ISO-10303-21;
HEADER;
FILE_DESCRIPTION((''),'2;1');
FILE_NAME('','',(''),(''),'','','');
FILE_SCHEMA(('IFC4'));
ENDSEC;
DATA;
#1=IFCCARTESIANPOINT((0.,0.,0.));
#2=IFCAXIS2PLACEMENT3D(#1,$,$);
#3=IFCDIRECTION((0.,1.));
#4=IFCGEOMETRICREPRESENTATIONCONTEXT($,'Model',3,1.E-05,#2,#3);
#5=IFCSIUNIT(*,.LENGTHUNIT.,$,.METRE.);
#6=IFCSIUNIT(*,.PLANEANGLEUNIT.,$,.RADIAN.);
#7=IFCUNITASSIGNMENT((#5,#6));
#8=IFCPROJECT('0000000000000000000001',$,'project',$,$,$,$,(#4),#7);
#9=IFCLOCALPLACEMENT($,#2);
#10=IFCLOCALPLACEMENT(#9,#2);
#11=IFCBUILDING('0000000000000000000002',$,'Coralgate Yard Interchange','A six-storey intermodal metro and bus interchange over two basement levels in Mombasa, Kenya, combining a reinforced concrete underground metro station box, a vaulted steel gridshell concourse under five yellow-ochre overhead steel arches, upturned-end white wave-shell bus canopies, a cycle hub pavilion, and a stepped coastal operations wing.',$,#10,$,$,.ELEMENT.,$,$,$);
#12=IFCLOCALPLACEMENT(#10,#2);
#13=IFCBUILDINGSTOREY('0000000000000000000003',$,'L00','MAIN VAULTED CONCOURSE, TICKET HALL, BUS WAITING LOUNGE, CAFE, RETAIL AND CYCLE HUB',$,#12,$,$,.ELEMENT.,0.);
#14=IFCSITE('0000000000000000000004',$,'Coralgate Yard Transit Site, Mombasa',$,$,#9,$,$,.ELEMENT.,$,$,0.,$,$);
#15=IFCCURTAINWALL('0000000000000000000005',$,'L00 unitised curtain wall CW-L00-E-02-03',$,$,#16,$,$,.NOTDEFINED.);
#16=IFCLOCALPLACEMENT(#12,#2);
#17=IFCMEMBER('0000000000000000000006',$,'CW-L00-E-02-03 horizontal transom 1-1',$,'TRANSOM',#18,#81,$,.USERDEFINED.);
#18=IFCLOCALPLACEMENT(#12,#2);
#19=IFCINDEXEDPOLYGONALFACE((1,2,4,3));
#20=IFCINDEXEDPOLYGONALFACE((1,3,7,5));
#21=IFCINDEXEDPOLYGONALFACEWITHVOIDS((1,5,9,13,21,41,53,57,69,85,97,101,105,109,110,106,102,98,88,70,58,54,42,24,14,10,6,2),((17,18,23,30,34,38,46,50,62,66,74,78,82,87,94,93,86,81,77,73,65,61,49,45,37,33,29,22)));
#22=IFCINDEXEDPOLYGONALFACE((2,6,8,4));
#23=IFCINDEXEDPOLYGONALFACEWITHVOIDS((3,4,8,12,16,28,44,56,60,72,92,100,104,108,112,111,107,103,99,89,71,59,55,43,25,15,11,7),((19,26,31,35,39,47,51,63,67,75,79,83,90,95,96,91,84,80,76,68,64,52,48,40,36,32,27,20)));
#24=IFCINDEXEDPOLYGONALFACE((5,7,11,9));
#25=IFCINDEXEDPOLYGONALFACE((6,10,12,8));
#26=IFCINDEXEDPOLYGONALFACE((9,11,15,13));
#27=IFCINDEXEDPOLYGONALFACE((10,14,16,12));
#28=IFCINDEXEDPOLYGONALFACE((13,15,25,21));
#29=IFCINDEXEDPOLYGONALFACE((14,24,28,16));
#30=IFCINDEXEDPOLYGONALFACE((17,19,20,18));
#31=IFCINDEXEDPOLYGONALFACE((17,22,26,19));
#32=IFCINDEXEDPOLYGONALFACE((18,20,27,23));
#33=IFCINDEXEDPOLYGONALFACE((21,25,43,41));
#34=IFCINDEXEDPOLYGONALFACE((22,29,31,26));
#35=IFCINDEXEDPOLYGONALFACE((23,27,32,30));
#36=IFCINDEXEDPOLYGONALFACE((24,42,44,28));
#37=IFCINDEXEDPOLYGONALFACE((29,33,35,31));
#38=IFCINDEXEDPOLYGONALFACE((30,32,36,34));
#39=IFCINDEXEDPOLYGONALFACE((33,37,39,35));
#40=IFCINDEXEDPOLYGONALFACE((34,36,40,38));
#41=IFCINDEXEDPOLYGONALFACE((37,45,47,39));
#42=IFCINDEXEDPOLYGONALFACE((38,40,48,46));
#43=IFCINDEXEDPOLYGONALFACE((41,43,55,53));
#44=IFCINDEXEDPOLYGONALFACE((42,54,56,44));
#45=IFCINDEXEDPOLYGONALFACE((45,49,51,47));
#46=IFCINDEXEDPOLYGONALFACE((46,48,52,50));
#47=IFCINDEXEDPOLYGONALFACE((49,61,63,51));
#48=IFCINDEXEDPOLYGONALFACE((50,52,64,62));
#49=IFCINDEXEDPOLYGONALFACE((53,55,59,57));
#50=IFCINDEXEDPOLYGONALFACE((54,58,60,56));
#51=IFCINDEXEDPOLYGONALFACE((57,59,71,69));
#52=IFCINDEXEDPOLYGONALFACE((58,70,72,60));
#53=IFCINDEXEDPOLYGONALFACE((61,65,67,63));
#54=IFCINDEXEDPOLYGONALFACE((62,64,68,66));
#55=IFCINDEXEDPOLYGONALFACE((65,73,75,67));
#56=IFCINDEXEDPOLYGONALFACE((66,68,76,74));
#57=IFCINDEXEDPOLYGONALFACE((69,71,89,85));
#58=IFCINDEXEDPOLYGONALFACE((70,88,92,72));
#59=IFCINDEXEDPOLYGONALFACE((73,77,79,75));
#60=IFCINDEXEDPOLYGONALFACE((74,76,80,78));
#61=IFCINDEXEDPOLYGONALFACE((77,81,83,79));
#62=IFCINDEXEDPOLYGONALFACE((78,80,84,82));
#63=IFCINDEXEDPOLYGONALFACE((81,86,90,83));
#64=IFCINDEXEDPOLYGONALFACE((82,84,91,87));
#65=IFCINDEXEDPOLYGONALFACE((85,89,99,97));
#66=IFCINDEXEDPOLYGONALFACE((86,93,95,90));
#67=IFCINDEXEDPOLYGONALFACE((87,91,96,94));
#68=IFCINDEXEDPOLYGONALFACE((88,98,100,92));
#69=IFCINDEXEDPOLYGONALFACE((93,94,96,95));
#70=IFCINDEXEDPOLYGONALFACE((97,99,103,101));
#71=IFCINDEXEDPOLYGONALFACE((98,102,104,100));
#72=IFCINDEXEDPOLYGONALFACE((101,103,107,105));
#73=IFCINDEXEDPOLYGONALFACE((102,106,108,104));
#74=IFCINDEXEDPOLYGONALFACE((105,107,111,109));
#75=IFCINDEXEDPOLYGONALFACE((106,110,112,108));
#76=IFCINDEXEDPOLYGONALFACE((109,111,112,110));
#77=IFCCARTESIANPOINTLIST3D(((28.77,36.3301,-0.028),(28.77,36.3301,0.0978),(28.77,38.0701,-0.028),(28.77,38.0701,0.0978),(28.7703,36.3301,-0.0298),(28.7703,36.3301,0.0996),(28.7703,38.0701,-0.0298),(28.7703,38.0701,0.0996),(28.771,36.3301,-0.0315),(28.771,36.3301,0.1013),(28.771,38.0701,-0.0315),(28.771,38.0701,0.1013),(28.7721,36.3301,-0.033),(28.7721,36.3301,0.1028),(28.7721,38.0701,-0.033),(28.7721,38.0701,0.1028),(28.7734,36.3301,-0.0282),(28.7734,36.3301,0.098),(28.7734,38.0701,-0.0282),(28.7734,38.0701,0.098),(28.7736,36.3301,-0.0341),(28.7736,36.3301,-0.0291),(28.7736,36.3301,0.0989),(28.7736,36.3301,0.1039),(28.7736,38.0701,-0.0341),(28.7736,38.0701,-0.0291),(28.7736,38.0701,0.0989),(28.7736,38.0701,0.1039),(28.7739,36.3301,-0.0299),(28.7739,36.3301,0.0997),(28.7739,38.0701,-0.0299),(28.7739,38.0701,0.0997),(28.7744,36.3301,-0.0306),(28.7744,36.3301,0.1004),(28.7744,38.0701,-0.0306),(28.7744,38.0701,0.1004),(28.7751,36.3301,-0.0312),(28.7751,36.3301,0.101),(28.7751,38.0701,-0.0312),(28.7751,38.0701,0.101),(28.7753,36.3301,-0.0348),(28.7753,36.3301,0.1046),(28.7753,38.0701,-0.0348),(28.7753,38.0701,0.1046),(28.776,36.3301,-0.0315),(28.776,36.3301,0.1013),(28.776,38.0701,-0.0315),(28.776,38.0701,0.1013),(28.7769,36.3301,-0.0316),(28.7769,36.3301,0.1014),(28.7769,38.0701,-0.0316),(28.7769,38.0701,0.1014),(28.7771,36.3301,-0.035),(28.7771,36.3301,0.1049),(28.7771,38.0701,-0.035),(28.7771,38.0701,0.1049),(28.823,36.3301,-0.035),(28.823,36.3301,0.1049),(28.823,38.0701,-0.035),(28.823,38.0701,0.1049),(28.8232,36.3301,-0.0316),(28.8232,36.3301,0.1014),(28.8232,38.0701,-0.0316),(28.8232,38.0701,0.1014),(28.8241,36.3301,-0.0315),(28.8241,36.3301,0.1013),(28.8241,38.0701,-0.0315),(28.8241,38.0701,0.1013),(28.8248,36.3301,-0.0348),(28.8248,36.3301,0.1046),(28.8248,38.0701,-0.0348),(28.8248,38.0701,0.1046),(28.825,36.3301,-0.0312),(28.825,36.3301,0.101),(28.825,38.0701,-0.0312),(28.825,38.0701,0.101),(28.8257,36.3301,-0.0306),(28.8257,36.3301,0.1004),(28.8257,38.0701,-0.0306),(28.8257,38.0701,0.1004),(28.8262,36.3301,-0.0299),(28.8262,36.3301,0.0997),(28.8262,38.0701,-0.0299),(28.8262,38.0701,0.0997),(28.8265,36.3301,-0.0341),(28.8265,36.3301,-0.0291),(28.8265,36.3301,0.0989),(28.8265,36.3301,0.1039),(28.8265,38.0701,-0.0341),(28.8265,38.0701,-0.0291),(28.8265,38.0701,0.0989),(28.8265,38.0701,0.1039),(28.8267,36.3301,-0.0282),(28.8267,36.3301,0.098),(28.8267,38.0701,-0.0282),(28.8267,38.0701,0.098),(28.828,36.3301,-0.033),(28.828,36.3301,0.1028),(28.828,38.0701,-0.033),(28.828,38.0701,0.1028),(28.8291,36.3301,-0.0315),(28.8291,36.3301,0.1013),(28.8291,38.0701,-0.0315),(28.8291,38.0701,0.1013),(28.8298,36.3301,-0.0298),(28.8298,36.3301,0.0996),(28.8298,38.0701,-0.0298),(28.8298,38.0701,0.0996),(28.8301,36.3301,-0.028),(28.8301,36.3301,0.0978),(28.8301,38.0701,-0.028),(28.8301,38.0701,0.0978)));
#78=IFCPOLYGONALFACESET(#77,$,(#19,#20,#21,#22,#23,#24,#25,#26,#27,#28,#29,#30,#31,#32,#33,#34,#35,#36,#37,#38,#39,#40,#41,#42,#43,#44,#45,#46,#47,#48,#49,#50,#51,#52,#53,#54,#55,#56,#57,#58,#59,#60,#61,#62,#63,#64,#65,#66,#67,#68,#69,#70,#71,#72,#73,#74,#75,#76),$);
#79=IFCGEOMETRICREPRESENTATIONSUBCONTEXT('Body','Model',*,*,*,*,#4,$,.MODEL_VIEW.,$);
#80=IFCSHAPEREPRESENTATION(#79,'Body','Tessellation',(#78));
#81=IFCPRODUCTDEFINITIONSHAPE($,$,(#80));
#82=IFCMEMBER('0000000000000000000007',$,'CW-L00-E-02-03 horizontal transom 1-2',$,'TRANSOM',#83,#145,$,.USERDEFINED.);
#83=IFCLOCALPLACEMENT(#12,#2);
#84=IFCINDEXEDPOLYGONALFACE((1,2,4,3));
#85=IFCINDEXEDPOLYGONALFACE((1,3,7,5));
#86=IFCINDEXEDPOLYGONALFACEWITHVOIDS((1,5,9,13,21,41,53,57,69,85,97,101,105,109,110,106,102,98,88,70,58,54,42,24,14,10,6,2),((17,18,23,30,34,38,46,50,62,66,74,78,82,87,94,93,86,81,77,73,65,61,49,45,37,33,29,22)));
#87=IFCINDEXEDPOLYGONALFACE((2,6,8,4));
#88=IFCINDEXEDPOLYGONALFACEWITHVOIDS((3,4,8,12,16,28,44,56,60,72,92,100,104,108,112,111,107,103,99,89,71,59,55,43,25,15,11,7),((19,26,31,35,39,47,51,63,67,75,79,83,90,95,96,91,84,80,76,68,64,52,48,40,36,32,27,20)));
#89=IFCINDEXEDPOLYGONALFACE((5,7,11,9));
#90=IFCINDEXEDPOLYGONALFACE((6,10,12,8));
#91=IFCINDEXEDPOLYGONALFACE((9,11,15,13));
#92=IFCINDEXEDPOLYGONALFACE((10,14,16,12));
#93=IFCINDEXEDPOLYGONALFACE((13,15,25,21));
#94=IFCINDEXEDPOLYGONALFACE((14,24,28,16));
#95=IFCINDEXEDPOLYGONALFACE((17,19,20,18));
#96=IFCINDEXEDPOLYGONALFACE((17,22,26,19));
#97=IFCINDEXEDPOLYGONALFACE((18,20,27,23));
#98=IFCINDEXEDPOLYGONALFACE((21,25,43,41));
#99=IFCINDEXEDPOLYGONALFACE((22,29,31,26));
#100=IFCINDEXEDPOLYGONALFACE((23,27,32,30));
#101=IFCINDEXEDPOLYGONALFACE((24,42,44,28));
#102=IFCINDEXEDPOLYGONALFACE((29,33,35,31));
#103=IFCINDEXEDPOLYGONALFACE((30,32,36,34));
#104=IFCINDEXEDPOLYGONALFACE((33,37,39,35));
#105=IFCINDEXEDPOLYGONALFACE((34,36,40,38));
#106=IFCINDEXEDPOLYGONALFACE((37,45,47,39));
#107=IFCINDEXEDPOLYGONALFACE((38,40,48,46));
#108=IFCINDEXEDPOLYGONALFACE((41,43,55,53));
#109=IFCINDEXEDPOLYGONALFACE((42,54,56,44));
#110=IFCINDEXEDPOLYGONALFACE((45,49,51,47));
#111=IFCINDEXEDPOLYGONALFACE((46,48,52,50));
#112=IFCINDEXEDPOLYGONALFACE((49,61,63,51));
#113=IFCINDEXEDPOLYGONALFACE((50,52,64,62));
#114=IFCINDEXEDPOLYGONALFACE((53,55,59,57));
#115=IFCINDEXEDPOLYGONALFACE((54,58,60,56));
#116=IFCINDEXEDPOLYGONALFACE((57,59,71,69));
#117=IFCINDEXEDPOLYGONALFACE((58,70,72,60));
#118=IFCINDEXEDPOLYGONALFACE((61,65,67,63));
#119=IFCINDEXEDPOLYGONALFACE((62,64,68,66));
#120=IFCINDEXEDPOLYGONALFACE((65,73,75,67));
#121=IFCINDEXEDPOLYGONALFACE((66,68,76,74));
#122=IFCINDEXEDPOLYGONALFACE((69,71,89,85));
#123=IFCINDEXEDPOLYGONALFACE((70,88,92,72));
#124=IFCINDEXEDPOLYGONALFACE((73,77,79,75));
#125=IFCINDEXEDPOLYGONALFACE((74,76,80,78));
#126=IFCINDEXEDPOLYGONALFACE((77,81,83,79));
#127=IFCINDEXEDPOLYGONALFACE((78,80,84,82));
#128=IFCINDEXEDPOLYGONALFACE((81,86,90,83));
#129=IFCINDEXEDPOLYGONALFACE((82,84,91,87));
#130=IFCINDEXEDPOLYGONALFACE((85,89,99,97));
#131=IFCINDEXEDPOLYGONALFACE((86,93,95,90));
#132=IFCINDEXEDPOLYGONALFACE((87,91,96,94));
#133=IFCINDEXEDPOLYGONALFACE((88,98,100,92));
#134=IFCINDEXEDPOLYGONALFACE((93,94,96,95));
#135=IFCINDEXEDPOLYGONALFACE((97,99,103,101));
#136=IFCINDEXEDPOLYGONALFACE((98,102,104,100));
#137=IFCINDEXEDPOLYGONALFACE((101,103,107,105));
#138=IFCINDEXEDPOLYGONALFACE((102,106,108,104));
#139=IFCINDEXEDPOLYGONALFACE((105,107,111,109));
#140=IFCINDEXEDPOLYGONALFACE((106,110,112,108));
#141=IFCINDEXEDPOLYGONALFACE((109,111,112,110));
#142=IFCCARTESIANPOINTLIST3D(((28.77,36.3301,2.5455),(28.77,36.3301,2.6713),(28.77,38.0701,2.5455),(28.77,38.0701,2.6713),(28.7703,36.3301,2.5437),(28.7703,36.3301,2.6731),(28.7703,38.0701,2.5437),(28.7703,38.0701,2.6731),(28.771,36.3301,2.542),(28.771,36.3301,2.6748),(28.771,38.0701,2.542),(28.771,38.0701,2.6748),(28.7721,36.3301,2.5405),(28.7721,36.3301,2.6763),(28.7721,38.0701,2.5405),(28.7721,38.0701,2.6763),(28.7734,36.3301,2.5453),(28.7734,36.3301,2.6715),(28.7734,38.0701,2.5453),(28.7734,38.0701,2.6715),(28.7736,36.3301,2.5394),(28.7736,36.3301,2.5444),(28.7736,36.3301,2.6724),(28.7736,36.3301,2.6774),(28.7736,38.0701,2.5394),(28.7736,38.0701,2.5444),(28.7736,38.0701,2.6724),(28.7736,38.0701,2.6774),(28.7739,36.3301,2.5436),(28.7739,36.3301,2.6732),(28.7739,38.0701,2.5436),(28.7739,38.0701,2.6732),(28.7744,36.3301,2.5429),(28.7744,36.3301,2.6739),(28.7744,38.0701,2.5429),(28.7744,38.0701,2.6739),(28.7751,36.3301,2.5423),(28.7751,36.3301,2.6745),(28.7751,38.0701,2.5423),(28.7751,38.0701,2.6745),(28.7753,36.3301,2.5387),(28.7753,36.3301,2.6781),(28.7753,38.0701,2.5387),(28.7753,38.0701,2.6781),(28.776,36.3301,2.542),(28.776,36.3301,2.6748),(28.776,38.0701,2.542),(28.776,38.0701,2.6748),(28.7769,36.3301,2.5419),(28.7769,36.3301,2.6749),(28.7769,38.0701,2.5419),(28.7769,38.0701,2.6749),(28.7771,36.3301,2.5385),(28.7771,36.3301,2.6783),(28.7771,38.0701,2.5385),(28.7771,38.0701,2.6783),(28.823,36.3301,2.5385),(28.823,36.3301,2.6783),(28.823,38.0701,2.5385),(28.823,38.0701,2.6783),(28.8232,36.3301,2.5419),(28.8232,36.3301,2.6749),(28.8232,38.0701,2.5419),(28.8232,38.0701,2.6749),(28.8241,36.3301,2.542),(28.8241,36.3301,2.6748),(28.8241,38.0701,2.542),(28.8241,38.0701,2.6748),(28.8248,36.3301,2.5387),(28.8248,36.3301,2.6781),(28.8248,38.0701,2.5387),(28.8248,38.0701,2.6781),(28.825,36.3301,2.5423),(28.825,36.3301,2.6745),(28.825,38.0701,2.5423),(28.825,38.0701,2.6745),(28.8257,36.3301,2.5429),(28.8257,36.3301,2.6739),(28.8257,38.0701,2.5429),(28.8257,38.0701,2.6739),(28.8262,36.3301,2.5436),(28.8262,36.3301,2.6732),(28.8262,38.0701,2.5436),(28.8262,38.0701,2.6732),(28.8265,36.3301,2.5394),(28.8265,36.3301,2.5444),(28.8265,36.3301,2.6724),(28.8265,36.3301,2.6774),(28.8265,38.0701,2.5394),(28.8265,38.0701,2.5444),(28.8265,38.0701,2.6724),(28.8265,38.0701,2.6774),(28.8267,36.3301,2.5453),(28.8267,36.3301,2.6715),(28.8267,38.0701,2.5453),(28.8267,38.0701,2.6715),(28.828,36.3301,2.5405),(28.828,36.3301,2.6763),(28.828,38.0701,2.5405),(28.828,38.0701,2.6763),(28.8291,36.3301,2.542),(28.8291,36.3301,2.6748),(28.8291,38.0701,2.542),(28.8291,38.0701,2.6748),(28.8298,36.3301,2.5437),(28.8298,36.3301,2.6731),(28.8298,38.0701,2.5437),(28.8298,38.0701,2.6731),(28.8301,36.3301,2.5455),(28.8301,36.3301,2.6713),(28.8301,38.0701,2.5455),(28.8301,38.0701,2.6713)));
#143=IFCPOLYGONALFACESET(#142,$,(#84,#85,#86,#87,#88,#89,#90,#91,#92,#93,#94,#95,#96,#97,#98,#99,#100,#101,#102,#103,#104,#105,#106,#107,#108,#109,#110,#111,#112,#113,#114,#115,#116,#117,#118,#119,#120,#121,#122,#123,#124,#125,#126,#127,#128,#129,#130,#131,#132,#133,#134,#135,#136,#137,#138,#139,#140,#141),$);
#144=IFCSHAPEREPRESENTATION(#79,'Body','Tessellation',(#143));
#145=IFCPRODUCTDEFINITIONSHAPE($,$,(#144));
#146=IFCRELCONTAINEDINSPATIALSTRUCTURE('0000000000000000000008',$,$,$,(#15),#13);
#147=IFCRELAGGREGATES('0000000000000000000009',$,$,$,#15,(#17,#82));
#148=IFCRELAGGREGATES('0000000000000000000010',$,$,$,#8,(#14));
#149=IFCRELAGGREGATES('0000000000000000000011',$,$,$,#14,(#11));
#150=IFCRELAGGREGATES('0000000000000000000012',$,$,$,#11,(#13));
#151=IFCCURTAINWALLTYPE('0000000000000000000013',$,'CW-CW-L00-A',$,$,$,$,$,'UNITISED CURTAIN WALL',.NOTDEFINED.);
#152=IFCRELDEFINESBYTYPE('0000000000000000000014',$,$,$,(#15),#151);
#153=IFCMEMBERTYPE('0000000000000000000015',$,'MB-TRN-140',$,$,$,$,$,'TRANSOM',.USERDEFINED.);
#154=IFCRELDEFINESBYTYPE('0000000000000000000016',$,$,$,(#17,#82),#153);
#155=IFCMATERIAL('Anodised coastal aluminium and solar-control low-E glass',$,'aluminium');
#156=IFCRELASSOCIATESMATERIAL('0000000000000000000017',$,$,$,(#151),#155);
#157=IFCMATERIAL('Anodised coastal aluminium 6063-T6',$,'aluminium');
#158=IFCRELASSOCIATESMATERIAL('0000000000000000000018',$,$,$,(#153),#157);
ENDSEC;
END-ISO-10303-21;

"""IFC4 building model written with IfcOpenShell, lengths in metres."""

from ifc_helpers import new_model, si_unit, direction, frame, origin, origin_2d, place, context, subcontext, project, spatial, hollow_rectangle, extrude, material, material_profile, profile_set, type_object, element, aggregate, save


model = new_model("IFC4")

# Units and contexts
model_context = context("Model", 3, precision=1e-05, world=origin(), true_north=direction((0.0, 1.0)))
body_context = subcontext(model_context, "Body", "Model", "MODEL_VIEW")
ifc_project = project(units=[si_unit("LENGTHUNIT", "METRE"), si_unit("PLANEANGLEUNIT", "RADIAN")], contexts=[model_context])

# Site, building, storey
site_placement = place(None, origin())
site = spatial("IfcSite", under=ifc_project, at=site_placement, Name="Coralgate Yard Transit Site, Mombasa", CompositionType="ELEMENT", RefElevation=0.0)
building_placement = place(site_placement, origin())
building = spatial("IfcBuilding", under=site, at=building_placement, Name="Coralgate Yard Interchange", Description="A six-storey intermodal metro and bus interchange over two basement levels in Mombasa, Kenya, combining a reinforced concrete underground metro station box, a vaulted steel gridshell concourse under five yellow-ochre overhead steel arches, upturned-end white wave-shell bus canopies, a cycle hub pavilion, and a stepped coastal operations wing.", CompositionType="ELEMENT")
storey_placement = place(building_placement, origin())
storey = spatial("IfcBuildingStorey", under=building, at=storey_placement, Name="L00", Description="MAIN VAULTED CONCOURSE, TICKET HALL, BUS WAITING LOUNGE, CAFE, RETAIL AND CYCLE HUB", CompositionType="ELEMENT", Elevation=0.0)

# Curtain wall, members
ifc_material_1 = material(Name="Anodised coastal aluminium and solar-control low-E glass", Category="aluminium")
curtain_wall_type = type_object("IfcCurtainWallType", Name="CW-CW-L00-A", ElementType="UNITISED CURTAIN WALL", PredefinedType="NOTDEFINED", material=ifc_material_1)
curtain_wall_placement = place(storey_placement, origin())
curtain_wall = element("IfcCurtainWall", 1, at=curtain_wall_placement, inside=storey, type_object=curtain_wall_type, Name="L00 unitised curtain wall CW-L00-E-02-03", PredefinedType="NOTDEFINED")
ifc_material_2 = material(Name="Anodised coastal aluminium 6063-T6", Category="aluminium")
ifc_material_profile_1 = material_profile(ifc_material_2, hollow_rectangle(XDim=0.0601, YDim=0.1399, WallThickness=0.0034, InnerFilletRadius=0.0034, OuterFilletRadius=0.0071, at=origin_2d()), Name="ALU 60x140x3.5")
ifc_profile_set_1 = profile_set([ifc_material_profile_1], Name="Anodised coastal aluminium 6063-T6")
member_type_1 = type_object("IfcMemberType", Name="MB-TRN-140", ElementType="TRANSOM", PredefinedType="USERDEFINED", material=ifc_profile_set_1)
member_1_placement = place(storey_placement, frame((28.8, 38.0701, 0.0349), z_axis=(0.0, -1.0, 0.0), x_axis=(1.0, 0.0, 0.0)))
member_1 = element("IfcMember", 2, at=member_1_placement, type_object=member_type_1, Name="CW-L00-E-02-03 horizontal transom 1-1", ObjectType="TRANSOM", PredefinedType="USERDEFINED", context=body_context, shape_type="SweptSolid", body=[
    extrude(hollow_rectangle(XDim=0.0601, YDim=0.1399, WallThickness=0.0034, InnerFilletRadius=0.0034, OuterFilletRadius=0.0071, at=origin_2d()), origin(), (0.0, 0.0, 1.0), 1.74),
])
member_2_placement = place(storey_placement, frame((28.8, 38.0701, 2.6084), z_axis=(0.0, -1.0, 0.0), x_axis=(1.0, 0.0, 0.0)))
member_2 = element("IfcMember", 3, at=member_2_placement, type_object=member_type_1, Name="CW-L00-E-02-03 horizontal transom 1-2", ObjectType="TRANSOM", PredefinedType="USERDEFINED", context=body_context, shape_type="SweptSolid", body=[
    extrude(hollow_rectangle(XDim=0.0601, YDim=0.1399, WallThickness=0.0034, InnerFilletRadius=0.0034, OuterFilletRadius=0.0071, at=origin_2d()), origin(), (0.0, 0.0, 1.0), 1.74),
])
aggregate(curtain_wall, [member_1, member_2])

save(model, "model.ifc")
